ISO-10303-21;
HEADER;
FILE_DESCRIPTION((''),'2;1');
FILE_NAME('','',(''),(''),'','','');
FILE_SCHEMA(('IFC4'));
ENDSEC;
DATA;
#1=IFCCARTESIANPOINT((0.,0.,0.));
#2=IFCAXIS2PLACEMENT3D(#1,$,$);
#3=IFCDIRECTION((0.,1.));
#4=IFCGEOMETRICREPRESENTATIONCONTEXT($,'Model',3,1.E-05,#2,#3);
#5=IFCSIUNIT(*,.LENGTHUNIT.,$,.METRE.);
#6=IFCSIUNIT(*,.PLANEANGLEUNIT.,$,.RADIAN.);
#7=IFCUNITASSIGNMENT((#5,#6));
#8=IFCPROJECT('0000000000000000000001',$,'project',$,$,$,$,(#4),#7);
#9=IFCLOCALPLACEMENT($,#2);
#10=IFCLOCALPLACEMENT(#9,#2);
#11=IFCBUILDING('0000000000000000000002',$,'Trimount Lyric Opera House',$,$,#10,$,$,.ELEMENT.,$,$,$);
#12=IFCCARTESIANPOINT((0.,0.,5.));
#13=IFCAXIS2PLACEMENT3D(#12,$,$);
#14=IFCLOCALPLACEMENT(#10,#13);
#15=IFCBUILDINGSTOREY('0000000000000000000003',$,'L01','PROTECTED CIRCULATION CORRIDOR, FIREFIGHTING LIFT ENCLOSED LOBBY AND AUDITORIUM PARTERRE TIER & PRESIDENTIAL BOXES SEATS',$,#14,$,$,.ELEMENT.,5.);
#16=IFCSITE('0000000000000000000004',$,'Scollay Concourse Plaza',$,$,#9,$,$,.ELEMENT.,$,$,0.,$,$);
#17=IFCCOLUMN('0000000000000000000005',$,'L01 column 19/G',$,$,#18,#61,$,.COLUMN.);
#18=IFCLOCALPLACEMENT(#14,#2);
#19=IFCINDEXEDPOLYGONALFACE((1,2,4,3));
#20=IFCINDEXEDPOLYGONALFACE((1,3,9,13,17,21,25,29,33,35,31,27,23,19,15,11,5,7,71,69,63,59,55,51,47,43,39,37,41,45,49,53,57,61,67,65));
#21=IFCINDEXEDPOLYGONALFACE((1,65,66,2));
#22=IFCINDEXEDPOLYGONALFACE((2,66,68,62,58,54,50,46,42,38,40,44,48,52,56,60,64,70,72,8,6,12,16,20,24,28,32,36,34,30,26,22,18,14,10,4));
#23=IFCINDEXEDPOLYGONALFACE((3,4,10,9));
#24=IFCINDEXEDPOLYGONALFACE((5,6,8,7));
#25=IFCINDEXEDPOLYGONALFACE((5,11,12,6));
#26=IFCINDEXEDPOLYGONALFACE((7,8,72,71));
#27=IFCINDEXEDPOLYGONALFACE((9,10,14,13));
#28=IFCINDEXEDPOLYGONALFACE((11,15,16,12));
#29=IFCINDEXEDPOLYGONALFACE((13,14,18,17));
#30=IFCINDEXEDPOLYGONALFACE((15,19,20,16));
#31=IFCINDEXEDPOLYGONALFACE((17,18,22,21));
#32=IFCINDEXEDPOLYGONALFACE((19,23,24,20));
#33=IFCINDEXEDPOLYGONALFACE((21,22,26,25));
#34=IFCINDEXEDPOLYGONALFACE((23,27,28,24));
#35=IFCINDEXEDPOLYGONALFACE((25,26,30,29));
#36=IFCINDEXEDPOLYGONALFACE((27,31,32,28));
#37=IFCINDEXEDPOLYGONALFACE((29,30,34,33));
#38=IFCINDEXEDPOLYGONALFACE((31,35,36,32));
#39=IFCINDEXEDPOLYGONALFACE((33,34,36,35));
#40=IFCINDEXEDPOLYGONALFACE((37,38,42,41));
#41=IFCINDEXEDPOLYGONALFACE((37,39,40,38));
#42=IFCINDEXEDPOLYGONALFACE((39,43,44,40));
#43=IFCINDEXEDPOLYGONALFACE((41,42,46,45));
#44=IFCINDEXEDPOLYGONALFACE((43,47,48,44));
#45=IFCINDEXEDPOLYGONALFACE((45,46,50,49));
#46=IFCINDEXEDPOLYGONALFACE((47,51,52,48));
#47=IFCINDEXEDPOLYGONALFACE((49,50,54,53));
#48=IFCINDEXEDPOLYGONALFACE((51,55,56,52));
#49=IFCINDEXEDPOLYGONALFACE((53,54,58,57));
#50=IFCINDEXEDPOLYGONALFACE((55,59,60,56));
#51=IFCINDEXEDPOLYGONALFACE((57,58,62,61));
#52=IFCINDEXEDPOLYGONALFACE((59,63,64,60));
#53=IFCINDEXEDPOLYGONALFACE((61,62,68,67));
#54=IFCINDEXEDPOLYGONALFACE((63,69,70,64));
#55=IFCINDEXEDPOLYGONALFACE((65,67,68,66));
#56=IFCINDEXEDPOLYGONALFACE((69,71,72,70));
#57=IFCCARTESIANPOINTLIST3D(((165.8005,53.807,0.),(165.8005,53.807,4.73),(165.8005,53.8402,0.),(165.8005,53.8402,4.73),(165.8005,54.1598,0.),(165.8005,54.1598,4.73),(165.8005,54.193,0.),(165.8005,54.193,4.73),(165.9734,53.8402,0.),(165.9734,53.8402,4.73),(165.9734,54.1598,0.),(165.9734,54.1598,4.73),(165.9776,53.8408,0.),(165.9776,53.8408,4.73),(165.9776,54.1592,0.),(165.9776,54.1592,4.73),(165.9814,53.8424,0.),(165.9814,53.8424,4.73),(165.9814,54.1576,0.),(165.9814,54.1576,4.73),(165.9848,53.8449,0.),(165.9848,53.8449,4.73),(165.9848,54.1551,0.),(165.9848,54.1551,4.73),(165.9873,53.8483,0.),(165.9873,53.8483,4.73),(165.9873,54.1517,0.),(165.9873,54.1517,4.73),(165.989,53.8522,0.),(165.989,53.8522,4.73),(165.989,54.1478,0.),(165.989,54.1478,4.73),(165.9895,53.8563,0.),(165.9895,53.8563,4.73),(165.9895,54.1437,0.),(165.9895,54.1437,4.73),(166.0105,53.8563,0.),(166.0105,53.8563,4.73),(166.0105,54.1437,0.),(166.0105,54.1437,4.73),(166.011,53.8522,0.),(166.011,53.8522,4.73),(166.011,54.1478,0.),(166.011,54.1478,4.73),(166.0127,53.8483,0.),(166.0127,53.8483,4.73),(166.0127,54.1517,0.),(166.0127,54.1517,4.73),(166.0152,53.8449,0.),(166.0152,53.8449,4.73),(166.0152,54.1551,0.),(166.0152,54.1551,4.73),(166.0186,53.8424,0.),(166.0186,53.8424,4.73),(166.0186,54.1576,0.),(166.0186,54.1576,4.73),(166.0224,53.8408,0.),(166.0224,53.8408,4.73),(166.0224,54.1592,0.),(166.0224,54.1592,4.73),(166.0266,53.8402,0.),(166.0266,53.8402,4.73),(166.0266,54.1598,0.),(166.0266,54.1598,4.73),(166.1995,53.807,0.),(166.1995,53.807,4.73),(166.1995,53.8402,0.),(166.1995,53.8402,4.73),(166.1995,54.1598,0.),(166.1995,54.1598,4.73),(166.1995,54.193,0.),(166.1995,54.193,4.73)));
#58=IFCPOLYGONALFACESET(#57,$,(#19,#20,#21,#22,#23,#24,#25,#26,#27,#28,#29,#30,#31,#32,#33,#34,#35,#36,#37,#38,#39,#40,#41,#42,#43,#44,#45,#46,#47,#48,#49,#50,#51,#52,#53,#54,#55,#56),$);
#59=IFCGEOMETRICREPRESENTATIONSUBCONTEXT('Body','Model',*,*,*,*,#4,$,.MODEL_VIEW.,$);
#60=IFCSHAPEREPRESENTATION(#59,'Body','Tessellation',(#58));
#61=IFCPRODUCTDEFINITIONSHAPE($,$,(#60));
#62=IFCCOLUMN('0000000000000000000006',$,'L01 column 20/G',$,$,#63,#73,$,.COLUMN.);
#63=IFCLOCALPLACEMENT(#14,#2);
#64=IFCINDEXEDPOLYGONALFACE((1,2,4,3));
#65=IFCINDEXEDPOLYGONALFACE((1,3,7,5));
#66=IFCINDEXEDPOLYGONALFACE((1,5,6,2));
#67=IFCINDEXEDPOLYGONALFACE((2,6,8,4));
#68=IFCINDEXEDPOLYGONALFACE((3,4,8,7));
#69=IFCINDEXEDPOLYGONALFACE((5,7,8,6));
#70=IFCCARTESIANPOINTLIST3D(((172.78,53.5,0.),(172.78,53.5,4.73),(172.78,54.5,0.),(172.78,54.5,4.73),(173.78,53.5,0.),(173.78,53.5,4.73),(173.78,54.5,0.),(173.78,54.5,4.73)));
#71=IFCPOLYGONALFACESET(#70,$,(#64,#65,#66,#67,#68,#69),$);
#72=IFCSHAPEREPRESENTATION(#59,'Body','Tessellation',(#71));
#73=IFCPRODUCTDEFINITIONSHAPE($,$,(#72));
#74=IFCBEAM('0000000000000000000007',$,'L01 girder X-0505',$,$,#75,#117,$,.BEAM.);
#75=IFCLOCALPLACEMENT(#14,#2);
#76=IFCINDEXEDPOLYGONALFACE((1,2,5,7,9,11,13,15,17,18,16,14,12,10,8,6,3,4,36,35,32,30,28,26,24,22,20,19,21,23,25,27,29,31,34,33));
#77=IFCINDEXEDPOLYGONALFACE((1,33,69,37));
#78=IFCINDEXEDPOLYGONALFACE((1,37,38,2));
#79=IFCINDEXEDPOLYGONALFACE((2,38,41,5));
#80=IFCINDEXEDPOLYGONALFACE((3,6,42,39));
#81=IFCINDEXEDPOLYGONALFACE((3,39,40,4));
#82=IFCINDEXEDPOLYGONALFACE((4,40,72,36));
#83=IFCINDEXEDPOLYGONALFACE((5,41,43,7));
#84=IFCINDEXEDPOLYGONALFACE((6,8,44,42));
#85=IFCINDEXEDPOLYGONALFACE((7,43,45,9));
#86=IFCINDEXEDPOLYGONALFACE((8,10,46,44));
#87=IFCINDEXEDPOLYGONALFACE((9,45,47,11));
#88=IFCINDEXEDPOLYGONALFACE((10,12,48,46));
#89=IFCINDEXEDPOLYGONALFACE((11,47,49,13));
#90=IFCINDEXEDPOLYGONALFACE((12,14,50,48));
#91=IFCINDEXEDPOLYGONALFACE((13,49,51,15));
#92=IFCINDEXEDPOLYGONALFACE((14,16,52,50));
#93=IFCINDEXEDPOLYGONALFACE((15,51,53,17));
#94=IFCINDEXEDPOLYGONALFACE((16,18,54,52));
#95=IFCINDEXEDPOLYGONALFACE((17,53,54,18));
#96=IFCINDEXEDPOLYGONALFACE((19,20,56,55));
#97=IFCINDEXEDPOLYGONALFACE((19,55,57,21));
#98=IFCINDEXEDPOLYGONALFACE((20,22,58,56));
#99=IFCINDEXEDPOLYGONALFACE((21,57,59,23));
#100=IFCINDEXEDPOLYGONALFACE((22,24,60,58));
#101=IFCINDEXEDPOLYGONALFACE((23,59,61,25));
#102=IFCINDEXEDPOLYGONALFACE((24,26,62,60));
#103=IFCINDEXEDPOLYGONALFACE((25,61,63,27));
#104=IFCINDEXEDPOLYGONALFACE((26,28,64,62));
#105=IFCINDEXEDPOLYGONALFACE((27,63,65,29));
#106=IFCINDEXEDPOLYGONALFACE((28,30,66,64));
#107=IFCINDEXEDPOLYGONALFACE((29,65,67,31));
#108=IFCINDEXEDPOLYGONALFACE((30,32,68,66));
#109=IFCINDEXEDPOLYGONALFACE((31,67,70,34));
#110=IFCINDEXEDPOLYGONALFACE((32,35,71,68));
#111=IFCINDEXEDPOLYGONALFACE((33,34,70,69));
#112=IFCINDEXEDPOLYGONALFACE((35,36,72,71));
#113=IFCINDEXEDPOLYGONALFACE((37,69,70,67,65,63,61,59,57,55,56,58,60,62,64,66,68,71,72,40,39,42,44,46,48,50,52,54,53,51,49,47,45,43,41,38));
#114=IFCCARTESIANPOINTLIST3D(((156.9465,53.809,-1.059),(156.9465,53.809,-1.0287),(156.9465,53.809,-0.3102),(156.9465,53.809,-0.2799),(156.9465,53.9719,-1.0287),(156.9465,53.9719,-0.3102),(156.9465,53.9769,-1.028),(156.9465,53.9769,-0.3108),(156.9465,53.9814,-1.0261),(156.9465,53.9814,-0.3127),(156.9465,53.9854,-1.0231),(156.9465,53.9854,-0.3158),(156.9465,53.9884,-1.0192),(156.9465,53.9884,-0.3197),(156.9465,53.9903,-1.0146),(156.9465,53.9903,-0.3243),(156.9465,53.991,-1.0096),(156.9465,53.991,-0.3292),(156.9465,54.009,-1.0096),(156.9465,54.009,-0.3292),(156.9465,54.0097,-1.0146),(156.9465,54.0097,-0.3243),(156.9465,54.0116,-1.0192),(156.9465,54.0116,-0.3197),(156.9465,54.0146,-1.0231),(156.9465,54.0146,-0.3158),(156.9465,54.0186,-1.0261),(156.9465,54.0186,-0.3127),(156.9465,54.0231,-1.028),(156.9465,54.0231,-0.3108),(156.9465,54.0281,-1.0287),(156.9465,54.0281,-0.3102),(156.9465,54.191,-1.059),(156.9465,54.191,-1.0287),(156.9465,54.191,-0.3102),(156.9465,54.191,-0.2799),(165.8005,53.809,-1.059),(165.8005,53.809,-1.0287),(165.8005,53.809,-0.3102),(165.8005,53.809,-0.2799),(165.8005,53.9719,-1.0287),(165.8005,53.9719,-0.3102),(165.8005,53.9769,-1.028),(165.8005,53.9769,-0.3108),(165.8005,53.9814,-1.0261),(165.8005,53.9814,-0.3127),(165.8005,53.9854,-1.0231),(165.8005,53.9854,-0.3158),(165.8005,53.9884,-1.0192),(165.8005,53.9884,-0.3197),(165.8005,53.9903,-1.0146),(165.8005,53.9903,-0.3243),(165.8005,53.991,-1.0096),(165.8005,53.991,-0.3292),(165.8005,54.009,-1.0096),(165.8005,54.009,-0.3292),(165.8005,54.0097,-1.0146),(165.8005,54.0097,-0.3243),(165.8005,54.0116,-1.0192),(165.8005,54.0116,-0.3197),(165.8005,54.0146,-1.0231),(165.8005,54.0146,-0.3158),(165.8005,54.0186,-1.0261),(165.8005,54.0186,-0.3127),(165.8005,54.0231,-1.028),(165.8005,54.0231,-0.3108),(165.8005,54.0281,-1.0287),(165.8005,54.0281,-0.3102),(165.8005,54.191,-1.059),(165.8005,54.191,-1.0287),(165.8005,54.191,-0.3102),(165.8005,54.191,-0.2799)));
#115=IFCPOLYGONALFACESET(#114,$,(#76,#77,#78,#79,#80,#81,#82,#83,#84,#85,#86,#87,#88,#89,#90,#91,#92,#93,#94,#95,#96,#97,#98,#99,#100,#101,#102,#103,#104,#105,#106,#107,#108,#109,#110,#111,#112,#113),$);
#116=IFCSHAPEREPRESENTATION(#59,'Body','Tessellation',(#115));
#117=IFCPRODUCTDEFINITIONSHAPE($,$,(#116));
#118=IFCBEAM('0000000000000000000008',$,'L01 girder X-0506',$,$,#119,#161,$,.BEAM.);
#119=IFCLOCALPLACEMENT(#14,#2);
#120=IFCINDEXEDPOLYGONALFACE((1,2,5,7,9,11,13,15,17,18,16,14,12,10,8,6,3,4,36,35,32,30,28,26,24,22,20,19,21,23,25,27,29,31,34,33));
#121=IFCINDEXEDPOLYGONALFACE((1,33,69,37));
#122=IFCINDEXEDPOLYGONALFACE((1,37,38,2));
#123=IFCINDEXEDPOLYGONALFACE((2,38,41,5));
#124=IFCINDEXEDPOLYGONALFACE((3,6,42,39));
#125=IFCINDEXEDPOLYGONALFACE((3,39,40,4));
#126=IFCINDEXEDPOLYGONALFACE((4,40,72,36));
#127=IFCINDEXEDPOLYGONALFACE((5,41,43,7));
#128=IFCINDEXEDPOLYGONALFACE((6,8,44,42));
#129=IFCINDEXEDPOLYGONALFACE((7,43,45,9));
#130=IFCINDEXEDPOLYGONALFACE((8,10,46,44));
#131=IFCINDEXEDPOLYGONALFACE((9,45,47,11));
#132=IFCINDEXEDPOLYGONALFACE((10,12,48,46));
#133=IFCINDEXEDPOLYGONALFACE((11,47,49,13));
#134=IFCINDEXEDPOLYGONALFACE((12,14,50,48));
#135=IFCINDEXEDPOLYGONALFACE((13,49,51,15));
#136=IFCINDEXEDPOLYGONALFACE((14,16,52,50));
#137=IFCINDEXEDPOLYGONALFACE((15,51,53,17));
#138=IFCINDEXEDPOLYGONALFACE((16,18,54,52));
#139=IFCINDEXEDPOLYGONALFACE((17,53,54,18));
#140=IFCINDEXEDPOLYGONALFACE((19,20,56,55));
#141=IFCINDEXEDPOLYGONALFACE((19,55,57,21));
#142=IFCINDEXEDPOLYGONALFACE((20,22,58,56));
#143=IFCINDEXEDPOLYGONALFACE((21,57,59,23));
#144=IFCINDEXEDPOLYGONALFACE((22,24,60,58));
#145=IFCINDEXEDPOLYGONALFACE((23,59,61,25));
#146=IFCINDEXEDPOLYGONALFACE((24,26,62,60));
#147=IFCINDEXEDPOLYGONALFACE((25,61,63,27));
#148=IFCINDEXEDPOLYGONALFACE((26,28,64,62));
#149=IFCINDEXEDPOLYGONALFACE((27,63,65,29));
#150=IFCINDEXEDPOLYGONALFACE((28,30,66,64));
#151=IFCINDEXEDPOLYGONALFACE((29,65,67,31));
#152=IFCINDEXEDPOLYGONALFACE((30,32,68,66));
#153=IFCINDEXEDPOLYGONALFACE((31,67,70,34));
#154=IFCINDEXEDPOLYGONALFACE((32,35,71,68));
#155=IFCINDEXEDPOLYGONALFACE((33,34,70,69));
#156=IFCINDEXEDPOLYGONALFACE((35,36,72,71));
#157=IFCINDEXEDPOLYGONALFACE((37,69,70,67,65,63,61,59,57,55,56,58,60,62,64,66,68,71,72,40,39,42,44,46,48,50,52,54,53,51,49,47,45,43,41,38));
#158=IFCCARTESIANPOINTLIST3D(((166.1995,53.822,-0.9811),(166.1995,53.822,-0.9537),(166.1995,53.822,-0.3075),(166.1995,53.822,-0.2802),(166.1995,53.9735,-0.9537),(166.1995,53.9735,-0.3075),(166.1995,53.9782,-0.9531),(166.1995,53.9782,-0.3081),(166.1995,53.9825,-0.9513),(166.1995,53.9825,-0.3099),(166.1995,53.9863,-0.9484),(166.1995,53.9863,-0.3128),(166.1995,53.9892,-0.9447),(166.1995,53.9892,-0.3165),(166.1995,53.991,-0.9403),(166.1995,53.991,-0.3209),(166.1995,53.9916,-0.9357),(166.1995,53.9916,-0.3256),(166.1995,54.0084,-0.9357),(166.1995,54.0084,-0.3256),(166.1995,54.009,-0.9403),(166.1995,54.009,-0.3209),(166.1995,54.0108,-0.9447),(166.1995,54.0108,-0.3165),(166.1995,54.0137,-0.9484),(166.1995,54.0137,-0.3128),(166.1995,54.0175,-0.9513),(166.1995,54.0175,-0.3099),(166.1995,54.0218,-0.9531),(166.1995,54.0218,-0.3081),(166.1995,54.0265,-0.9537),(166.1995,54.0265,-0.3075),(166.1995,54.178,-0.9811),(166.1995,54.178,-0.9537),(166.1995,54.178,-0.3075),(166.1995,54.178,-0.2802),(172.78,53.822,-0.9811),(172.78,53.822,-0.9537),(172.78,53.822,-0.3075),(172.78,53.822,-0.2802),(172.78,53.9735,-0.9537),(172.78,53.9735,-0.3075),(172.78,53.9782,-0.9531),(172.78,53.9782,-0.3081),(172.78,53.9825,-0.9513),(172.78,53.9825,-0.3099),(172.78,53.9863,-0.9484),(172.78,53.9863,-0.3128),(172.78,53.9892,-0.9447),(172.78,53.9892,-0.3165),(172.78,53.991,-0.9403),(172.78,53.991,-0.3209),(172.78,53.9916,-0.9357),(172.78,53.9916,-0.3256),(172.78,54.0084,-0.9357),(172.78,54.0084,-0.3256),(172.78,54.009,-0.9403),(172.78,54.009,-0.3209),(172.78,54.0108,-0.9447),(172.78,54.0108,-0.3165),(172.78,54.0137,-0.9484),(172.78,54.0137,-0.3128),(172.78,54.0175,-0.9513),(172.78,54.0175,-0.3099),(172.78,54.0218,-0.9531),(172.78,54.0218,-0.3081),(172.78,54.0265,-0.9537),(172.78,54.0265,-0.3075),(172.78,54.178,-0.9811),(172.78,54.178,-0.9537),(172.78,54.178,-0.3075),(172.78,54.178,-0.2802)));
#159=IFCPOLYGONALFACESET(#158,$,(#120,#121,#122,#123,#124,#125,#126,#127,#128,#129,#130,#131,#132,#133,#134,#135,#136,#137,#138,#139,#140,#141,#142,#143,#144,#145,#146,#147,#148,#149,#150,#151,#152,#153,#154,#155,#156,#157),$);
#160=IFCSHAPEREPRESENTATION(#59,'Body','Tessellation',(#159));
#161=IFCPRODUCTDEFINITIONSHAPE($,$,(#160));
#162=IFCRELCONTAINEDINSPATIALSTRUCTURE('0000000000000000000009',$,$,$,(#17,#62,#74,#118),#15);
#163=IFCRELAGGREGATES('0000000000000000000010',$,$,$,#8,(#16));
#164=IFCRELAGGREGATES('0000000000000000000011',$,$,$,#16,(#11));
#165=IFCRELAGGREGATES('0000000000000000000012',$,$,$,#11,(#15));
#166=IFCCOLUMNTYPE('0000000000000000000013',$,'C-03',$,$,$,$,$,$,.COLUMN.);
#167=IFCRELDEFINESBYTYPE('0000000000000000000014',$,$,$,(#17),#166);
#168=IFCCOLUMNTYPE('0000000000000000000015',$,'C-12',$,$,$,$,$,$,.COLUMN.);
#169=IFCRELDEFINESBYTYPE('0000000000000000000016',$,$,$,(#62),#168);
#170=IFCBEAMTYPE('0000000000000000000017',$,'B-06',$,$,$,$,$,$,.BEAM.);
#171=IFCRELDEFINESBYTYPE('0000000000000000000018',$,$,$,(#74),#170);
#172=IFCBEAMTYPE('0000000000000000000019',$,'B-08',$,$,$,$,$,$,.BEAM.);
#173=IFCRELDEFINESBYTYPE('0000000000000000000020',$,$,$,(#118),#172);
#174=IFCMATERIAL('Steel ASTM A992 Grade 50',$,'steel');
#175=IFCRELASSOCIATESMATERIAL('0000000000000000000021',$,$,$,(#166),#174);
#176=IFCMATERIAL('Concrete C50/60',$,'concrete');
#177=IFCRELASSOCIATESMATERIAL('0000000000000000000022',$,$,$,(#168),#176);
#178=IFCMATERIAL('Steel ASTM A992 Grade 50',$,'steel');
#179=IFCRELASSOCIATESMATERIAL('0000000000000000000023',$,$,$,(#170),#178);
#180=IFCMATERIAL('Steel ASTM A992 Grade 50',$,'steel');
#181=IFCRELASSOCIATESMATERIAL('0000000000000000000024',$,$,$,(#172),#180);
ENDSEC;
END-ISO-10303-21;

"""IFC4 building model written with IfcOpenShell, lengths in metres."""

from ifc_helpers import new_model, si_unit, direction, frame, origin, origin_2d, place, context, subcontext, project, spatial, rectangle, i_section, extrude, material, material_profile, profile_set, type_object, element, save


model = new_model("IFC4")

# Units and contexts
model_context = context("Model", 3, precision=1e-05, world=origin(), true_north=direction((0.0, 1.0)))
body_context = subcontext(model_context, "Body", "Model", "MODEL_VIEW")
ifc_project = project(units=[si_unit("LENGTHUNIT", "METRE"), si_unit("PLANEANGLEUNIT", "RADIAN")], contexts=[model_context])

# Site, building, storey
site_placement = place(None, origin())
site = spatial("IfcSite", under=ifc_project, at=site_placement, Name="Scollay Concourse Plaza", CompositionType="ELEMENT", RefElevation=0.0)
building_placement = place(site_placement, origin())
building = spatial("IfcBuilding", under=site, at=building_placement, Name="Trimount Lyric Opera House", CompositionType="ELEMENT")
storey_placement = place(building_placement, frame((0.0, 0.0, 5.0)))
storey = spatial("IfcBuildingStorey", under=building, at=storey_placement, Name="L01", Description="PROTECTED CIRCULATION CORRIDOR, FIREFIGHTING LIFT ENCLOSED LOBBY AND AUDITORIUM PARTERRE TIER & PRESIDENTIAL BOXES SEATS", CompositionType="ELEMENT", Elevation=5.0)

# Columns
ifc_material_1 = material(Name="Steel ASTM A992 Grade 50", Category="steel")
ifc_material_profile_1 = material_profile(ifc_material_1, i_section(OverallWidth=0.3989, OverallDepth=0.386, WebThickness=0.021, FlangeThickness=0.0332, FilletRadius=0.0161, at=origin_2d()), Name="W14X176")
ifc_profile_set_1 = profile_set([ifc_material_profile_1], Name="Steel ASTM A992 Grade 50")
column_type_1 = type_object("IfcColumnType", Name="C-03", PredefinedType="COLUMN", material=ifc_profile_set_1)
column_1_placement = place(storey_placement, frame((166.0, 54.0, 0.0), z_axis=(0.0, 0.0, 1.0), x_axis=(1.0, 0.0, 0.0)))
element("IfcColumn", 1, at=column_1_placement, inside=storey, type_object=column_type_1, Name="L01 column 19/G", PredefinedType="COLUMN", context=body_context, shape_type="SweptSolid", body=[
    extrude(i_section(OverallWidth=0.3989, OverallDepth=0.386, WebThickness=0.021, FlangeThickness=0.0332, FilletRadius=0.0161, at=origin_2d()), origin(), (0.0, 0.0, 1.0), 4.73),
])
ifc_material_2 = material(Name="Concrete C50/60", Category="concrete")
ifc_material_profile_2 = material_profile(ifc_material_2, rectangle(XDim=1.0, YDim=1.0, at=origin_2d()), Name="RC1000X1000")
ifc_profile_set_2 = profile_set([ifc_material_profile_2], Name="Concrete C50/60")
column_type_2 = type_object("IfcColumnType", Name="C-12", PredefinedType="COLUMN", material=ifc_profile_set_2)
column_2_placement = place(storey_placement, frame((173.28, 54.0, 0.0), z_axis=(0.0, 0.0, 1.0), x_axis=(1.0, 0.0, 0.0)))
element("IfcColumn", 2, at=column_2_placement, inside=storey, type_object=column_type_2, Name="L01 column 20/G", PredefinedType="COLUMN", context=body_context, shape_type="SweptSolid", body=[
    extrude(rectangle(XDim=1.0, YDim=1.0, at=origin_2d()), origin(), (0.0, 0.0, 1.0), 4.73),
])

# Beams
ifc_material_3 = material(Name="Steel ASTM A992 Grade 50", Category="steel")
ifc_material_profile_3 = material_profile(ifc_material_3, i_section(OverallWidth=0.3821, OverallDepth=0.7791, WebThickness=0.0181, FlangeThickness=0.0303, FilletRadius=0.019, at=origin_2d()), Name="W30X191")
ifc_profile_set_3 = profile_set([ifc_material_profile_3], Name="Steel ASTM A992 Grade 50")
beam_type_1 = type_object("IfcBeamType", Name="B-06", PredefinedType="BEAM", material=ifc_profile_set_3)
beam_1_placement = place(storey_placement, frame((156.9465, 54.0, -0.6694), z_axis=(1.0, 0.0, 0.0), x_axis=(0.0, 1.0, 0.0)))
element("IfcBeam", 3, at=beam_1_placement, inside=storey, type_object=beam_type_1, Name="L01 girder X-0505", PredefinedType="BEAM", context=body_context, shape_type="SweptSolid", body=[
    extrude(i_section(OverallWidth=0.3821, OverallDepth=0.7791, WebThickness=0.0181, FlangeThickness=0.0303, FilletRadius=0.019, at=origin_2d()), origin(), (0.0, 0.0, 1.0), 8.854),
])
ifc_material_4 = material(Name="Steel ASTM A992 Grade 50", Category="steel")
ifc_material_profile_4 = material_profile(ifc_material_4, i_section(OverallWidth=0.356, OverallDepth=0.7009, WebThickness=0.0168, FlangeThickness=0.0273, FilletRadius=0.0181, at=origin_2d()), Name="W27X161")
ifc_profile_set_4 = profile_set([ifc_material_profile_4], Name="Steel ASTM A992 Grade 50")
beam_type_2 = type_object("IfcBeamType", Name="B-08", PredefinedType="BEAM", material=ifc_profile_set_4)
beam_2_placement = place(storey_placement, frame((166.1995, 54.0, -0.6306), z_axis=(1.0, 0.0, 0.0), x_axis=(0.0, 1.0, 0.0)))
element("IfcBeam", 4, at=beam_2_placement, inside=storey, type_object=beam_type_2, Name="L01 girder X-0506", PredefinedType="BEAM", context=body_context, shape_type="SweptSolid", body=[
    extrude(i_section(OverallWidth=0.356, OverallDepth=0.7009, WebThickness=0.0168, FlangeThickness=0.0273, FilletRadius=0.0181, at=origin_2d()), origin(), (0.0, 0.0, 1.0), 6.5806),
])

save(model, "model.ifc")
